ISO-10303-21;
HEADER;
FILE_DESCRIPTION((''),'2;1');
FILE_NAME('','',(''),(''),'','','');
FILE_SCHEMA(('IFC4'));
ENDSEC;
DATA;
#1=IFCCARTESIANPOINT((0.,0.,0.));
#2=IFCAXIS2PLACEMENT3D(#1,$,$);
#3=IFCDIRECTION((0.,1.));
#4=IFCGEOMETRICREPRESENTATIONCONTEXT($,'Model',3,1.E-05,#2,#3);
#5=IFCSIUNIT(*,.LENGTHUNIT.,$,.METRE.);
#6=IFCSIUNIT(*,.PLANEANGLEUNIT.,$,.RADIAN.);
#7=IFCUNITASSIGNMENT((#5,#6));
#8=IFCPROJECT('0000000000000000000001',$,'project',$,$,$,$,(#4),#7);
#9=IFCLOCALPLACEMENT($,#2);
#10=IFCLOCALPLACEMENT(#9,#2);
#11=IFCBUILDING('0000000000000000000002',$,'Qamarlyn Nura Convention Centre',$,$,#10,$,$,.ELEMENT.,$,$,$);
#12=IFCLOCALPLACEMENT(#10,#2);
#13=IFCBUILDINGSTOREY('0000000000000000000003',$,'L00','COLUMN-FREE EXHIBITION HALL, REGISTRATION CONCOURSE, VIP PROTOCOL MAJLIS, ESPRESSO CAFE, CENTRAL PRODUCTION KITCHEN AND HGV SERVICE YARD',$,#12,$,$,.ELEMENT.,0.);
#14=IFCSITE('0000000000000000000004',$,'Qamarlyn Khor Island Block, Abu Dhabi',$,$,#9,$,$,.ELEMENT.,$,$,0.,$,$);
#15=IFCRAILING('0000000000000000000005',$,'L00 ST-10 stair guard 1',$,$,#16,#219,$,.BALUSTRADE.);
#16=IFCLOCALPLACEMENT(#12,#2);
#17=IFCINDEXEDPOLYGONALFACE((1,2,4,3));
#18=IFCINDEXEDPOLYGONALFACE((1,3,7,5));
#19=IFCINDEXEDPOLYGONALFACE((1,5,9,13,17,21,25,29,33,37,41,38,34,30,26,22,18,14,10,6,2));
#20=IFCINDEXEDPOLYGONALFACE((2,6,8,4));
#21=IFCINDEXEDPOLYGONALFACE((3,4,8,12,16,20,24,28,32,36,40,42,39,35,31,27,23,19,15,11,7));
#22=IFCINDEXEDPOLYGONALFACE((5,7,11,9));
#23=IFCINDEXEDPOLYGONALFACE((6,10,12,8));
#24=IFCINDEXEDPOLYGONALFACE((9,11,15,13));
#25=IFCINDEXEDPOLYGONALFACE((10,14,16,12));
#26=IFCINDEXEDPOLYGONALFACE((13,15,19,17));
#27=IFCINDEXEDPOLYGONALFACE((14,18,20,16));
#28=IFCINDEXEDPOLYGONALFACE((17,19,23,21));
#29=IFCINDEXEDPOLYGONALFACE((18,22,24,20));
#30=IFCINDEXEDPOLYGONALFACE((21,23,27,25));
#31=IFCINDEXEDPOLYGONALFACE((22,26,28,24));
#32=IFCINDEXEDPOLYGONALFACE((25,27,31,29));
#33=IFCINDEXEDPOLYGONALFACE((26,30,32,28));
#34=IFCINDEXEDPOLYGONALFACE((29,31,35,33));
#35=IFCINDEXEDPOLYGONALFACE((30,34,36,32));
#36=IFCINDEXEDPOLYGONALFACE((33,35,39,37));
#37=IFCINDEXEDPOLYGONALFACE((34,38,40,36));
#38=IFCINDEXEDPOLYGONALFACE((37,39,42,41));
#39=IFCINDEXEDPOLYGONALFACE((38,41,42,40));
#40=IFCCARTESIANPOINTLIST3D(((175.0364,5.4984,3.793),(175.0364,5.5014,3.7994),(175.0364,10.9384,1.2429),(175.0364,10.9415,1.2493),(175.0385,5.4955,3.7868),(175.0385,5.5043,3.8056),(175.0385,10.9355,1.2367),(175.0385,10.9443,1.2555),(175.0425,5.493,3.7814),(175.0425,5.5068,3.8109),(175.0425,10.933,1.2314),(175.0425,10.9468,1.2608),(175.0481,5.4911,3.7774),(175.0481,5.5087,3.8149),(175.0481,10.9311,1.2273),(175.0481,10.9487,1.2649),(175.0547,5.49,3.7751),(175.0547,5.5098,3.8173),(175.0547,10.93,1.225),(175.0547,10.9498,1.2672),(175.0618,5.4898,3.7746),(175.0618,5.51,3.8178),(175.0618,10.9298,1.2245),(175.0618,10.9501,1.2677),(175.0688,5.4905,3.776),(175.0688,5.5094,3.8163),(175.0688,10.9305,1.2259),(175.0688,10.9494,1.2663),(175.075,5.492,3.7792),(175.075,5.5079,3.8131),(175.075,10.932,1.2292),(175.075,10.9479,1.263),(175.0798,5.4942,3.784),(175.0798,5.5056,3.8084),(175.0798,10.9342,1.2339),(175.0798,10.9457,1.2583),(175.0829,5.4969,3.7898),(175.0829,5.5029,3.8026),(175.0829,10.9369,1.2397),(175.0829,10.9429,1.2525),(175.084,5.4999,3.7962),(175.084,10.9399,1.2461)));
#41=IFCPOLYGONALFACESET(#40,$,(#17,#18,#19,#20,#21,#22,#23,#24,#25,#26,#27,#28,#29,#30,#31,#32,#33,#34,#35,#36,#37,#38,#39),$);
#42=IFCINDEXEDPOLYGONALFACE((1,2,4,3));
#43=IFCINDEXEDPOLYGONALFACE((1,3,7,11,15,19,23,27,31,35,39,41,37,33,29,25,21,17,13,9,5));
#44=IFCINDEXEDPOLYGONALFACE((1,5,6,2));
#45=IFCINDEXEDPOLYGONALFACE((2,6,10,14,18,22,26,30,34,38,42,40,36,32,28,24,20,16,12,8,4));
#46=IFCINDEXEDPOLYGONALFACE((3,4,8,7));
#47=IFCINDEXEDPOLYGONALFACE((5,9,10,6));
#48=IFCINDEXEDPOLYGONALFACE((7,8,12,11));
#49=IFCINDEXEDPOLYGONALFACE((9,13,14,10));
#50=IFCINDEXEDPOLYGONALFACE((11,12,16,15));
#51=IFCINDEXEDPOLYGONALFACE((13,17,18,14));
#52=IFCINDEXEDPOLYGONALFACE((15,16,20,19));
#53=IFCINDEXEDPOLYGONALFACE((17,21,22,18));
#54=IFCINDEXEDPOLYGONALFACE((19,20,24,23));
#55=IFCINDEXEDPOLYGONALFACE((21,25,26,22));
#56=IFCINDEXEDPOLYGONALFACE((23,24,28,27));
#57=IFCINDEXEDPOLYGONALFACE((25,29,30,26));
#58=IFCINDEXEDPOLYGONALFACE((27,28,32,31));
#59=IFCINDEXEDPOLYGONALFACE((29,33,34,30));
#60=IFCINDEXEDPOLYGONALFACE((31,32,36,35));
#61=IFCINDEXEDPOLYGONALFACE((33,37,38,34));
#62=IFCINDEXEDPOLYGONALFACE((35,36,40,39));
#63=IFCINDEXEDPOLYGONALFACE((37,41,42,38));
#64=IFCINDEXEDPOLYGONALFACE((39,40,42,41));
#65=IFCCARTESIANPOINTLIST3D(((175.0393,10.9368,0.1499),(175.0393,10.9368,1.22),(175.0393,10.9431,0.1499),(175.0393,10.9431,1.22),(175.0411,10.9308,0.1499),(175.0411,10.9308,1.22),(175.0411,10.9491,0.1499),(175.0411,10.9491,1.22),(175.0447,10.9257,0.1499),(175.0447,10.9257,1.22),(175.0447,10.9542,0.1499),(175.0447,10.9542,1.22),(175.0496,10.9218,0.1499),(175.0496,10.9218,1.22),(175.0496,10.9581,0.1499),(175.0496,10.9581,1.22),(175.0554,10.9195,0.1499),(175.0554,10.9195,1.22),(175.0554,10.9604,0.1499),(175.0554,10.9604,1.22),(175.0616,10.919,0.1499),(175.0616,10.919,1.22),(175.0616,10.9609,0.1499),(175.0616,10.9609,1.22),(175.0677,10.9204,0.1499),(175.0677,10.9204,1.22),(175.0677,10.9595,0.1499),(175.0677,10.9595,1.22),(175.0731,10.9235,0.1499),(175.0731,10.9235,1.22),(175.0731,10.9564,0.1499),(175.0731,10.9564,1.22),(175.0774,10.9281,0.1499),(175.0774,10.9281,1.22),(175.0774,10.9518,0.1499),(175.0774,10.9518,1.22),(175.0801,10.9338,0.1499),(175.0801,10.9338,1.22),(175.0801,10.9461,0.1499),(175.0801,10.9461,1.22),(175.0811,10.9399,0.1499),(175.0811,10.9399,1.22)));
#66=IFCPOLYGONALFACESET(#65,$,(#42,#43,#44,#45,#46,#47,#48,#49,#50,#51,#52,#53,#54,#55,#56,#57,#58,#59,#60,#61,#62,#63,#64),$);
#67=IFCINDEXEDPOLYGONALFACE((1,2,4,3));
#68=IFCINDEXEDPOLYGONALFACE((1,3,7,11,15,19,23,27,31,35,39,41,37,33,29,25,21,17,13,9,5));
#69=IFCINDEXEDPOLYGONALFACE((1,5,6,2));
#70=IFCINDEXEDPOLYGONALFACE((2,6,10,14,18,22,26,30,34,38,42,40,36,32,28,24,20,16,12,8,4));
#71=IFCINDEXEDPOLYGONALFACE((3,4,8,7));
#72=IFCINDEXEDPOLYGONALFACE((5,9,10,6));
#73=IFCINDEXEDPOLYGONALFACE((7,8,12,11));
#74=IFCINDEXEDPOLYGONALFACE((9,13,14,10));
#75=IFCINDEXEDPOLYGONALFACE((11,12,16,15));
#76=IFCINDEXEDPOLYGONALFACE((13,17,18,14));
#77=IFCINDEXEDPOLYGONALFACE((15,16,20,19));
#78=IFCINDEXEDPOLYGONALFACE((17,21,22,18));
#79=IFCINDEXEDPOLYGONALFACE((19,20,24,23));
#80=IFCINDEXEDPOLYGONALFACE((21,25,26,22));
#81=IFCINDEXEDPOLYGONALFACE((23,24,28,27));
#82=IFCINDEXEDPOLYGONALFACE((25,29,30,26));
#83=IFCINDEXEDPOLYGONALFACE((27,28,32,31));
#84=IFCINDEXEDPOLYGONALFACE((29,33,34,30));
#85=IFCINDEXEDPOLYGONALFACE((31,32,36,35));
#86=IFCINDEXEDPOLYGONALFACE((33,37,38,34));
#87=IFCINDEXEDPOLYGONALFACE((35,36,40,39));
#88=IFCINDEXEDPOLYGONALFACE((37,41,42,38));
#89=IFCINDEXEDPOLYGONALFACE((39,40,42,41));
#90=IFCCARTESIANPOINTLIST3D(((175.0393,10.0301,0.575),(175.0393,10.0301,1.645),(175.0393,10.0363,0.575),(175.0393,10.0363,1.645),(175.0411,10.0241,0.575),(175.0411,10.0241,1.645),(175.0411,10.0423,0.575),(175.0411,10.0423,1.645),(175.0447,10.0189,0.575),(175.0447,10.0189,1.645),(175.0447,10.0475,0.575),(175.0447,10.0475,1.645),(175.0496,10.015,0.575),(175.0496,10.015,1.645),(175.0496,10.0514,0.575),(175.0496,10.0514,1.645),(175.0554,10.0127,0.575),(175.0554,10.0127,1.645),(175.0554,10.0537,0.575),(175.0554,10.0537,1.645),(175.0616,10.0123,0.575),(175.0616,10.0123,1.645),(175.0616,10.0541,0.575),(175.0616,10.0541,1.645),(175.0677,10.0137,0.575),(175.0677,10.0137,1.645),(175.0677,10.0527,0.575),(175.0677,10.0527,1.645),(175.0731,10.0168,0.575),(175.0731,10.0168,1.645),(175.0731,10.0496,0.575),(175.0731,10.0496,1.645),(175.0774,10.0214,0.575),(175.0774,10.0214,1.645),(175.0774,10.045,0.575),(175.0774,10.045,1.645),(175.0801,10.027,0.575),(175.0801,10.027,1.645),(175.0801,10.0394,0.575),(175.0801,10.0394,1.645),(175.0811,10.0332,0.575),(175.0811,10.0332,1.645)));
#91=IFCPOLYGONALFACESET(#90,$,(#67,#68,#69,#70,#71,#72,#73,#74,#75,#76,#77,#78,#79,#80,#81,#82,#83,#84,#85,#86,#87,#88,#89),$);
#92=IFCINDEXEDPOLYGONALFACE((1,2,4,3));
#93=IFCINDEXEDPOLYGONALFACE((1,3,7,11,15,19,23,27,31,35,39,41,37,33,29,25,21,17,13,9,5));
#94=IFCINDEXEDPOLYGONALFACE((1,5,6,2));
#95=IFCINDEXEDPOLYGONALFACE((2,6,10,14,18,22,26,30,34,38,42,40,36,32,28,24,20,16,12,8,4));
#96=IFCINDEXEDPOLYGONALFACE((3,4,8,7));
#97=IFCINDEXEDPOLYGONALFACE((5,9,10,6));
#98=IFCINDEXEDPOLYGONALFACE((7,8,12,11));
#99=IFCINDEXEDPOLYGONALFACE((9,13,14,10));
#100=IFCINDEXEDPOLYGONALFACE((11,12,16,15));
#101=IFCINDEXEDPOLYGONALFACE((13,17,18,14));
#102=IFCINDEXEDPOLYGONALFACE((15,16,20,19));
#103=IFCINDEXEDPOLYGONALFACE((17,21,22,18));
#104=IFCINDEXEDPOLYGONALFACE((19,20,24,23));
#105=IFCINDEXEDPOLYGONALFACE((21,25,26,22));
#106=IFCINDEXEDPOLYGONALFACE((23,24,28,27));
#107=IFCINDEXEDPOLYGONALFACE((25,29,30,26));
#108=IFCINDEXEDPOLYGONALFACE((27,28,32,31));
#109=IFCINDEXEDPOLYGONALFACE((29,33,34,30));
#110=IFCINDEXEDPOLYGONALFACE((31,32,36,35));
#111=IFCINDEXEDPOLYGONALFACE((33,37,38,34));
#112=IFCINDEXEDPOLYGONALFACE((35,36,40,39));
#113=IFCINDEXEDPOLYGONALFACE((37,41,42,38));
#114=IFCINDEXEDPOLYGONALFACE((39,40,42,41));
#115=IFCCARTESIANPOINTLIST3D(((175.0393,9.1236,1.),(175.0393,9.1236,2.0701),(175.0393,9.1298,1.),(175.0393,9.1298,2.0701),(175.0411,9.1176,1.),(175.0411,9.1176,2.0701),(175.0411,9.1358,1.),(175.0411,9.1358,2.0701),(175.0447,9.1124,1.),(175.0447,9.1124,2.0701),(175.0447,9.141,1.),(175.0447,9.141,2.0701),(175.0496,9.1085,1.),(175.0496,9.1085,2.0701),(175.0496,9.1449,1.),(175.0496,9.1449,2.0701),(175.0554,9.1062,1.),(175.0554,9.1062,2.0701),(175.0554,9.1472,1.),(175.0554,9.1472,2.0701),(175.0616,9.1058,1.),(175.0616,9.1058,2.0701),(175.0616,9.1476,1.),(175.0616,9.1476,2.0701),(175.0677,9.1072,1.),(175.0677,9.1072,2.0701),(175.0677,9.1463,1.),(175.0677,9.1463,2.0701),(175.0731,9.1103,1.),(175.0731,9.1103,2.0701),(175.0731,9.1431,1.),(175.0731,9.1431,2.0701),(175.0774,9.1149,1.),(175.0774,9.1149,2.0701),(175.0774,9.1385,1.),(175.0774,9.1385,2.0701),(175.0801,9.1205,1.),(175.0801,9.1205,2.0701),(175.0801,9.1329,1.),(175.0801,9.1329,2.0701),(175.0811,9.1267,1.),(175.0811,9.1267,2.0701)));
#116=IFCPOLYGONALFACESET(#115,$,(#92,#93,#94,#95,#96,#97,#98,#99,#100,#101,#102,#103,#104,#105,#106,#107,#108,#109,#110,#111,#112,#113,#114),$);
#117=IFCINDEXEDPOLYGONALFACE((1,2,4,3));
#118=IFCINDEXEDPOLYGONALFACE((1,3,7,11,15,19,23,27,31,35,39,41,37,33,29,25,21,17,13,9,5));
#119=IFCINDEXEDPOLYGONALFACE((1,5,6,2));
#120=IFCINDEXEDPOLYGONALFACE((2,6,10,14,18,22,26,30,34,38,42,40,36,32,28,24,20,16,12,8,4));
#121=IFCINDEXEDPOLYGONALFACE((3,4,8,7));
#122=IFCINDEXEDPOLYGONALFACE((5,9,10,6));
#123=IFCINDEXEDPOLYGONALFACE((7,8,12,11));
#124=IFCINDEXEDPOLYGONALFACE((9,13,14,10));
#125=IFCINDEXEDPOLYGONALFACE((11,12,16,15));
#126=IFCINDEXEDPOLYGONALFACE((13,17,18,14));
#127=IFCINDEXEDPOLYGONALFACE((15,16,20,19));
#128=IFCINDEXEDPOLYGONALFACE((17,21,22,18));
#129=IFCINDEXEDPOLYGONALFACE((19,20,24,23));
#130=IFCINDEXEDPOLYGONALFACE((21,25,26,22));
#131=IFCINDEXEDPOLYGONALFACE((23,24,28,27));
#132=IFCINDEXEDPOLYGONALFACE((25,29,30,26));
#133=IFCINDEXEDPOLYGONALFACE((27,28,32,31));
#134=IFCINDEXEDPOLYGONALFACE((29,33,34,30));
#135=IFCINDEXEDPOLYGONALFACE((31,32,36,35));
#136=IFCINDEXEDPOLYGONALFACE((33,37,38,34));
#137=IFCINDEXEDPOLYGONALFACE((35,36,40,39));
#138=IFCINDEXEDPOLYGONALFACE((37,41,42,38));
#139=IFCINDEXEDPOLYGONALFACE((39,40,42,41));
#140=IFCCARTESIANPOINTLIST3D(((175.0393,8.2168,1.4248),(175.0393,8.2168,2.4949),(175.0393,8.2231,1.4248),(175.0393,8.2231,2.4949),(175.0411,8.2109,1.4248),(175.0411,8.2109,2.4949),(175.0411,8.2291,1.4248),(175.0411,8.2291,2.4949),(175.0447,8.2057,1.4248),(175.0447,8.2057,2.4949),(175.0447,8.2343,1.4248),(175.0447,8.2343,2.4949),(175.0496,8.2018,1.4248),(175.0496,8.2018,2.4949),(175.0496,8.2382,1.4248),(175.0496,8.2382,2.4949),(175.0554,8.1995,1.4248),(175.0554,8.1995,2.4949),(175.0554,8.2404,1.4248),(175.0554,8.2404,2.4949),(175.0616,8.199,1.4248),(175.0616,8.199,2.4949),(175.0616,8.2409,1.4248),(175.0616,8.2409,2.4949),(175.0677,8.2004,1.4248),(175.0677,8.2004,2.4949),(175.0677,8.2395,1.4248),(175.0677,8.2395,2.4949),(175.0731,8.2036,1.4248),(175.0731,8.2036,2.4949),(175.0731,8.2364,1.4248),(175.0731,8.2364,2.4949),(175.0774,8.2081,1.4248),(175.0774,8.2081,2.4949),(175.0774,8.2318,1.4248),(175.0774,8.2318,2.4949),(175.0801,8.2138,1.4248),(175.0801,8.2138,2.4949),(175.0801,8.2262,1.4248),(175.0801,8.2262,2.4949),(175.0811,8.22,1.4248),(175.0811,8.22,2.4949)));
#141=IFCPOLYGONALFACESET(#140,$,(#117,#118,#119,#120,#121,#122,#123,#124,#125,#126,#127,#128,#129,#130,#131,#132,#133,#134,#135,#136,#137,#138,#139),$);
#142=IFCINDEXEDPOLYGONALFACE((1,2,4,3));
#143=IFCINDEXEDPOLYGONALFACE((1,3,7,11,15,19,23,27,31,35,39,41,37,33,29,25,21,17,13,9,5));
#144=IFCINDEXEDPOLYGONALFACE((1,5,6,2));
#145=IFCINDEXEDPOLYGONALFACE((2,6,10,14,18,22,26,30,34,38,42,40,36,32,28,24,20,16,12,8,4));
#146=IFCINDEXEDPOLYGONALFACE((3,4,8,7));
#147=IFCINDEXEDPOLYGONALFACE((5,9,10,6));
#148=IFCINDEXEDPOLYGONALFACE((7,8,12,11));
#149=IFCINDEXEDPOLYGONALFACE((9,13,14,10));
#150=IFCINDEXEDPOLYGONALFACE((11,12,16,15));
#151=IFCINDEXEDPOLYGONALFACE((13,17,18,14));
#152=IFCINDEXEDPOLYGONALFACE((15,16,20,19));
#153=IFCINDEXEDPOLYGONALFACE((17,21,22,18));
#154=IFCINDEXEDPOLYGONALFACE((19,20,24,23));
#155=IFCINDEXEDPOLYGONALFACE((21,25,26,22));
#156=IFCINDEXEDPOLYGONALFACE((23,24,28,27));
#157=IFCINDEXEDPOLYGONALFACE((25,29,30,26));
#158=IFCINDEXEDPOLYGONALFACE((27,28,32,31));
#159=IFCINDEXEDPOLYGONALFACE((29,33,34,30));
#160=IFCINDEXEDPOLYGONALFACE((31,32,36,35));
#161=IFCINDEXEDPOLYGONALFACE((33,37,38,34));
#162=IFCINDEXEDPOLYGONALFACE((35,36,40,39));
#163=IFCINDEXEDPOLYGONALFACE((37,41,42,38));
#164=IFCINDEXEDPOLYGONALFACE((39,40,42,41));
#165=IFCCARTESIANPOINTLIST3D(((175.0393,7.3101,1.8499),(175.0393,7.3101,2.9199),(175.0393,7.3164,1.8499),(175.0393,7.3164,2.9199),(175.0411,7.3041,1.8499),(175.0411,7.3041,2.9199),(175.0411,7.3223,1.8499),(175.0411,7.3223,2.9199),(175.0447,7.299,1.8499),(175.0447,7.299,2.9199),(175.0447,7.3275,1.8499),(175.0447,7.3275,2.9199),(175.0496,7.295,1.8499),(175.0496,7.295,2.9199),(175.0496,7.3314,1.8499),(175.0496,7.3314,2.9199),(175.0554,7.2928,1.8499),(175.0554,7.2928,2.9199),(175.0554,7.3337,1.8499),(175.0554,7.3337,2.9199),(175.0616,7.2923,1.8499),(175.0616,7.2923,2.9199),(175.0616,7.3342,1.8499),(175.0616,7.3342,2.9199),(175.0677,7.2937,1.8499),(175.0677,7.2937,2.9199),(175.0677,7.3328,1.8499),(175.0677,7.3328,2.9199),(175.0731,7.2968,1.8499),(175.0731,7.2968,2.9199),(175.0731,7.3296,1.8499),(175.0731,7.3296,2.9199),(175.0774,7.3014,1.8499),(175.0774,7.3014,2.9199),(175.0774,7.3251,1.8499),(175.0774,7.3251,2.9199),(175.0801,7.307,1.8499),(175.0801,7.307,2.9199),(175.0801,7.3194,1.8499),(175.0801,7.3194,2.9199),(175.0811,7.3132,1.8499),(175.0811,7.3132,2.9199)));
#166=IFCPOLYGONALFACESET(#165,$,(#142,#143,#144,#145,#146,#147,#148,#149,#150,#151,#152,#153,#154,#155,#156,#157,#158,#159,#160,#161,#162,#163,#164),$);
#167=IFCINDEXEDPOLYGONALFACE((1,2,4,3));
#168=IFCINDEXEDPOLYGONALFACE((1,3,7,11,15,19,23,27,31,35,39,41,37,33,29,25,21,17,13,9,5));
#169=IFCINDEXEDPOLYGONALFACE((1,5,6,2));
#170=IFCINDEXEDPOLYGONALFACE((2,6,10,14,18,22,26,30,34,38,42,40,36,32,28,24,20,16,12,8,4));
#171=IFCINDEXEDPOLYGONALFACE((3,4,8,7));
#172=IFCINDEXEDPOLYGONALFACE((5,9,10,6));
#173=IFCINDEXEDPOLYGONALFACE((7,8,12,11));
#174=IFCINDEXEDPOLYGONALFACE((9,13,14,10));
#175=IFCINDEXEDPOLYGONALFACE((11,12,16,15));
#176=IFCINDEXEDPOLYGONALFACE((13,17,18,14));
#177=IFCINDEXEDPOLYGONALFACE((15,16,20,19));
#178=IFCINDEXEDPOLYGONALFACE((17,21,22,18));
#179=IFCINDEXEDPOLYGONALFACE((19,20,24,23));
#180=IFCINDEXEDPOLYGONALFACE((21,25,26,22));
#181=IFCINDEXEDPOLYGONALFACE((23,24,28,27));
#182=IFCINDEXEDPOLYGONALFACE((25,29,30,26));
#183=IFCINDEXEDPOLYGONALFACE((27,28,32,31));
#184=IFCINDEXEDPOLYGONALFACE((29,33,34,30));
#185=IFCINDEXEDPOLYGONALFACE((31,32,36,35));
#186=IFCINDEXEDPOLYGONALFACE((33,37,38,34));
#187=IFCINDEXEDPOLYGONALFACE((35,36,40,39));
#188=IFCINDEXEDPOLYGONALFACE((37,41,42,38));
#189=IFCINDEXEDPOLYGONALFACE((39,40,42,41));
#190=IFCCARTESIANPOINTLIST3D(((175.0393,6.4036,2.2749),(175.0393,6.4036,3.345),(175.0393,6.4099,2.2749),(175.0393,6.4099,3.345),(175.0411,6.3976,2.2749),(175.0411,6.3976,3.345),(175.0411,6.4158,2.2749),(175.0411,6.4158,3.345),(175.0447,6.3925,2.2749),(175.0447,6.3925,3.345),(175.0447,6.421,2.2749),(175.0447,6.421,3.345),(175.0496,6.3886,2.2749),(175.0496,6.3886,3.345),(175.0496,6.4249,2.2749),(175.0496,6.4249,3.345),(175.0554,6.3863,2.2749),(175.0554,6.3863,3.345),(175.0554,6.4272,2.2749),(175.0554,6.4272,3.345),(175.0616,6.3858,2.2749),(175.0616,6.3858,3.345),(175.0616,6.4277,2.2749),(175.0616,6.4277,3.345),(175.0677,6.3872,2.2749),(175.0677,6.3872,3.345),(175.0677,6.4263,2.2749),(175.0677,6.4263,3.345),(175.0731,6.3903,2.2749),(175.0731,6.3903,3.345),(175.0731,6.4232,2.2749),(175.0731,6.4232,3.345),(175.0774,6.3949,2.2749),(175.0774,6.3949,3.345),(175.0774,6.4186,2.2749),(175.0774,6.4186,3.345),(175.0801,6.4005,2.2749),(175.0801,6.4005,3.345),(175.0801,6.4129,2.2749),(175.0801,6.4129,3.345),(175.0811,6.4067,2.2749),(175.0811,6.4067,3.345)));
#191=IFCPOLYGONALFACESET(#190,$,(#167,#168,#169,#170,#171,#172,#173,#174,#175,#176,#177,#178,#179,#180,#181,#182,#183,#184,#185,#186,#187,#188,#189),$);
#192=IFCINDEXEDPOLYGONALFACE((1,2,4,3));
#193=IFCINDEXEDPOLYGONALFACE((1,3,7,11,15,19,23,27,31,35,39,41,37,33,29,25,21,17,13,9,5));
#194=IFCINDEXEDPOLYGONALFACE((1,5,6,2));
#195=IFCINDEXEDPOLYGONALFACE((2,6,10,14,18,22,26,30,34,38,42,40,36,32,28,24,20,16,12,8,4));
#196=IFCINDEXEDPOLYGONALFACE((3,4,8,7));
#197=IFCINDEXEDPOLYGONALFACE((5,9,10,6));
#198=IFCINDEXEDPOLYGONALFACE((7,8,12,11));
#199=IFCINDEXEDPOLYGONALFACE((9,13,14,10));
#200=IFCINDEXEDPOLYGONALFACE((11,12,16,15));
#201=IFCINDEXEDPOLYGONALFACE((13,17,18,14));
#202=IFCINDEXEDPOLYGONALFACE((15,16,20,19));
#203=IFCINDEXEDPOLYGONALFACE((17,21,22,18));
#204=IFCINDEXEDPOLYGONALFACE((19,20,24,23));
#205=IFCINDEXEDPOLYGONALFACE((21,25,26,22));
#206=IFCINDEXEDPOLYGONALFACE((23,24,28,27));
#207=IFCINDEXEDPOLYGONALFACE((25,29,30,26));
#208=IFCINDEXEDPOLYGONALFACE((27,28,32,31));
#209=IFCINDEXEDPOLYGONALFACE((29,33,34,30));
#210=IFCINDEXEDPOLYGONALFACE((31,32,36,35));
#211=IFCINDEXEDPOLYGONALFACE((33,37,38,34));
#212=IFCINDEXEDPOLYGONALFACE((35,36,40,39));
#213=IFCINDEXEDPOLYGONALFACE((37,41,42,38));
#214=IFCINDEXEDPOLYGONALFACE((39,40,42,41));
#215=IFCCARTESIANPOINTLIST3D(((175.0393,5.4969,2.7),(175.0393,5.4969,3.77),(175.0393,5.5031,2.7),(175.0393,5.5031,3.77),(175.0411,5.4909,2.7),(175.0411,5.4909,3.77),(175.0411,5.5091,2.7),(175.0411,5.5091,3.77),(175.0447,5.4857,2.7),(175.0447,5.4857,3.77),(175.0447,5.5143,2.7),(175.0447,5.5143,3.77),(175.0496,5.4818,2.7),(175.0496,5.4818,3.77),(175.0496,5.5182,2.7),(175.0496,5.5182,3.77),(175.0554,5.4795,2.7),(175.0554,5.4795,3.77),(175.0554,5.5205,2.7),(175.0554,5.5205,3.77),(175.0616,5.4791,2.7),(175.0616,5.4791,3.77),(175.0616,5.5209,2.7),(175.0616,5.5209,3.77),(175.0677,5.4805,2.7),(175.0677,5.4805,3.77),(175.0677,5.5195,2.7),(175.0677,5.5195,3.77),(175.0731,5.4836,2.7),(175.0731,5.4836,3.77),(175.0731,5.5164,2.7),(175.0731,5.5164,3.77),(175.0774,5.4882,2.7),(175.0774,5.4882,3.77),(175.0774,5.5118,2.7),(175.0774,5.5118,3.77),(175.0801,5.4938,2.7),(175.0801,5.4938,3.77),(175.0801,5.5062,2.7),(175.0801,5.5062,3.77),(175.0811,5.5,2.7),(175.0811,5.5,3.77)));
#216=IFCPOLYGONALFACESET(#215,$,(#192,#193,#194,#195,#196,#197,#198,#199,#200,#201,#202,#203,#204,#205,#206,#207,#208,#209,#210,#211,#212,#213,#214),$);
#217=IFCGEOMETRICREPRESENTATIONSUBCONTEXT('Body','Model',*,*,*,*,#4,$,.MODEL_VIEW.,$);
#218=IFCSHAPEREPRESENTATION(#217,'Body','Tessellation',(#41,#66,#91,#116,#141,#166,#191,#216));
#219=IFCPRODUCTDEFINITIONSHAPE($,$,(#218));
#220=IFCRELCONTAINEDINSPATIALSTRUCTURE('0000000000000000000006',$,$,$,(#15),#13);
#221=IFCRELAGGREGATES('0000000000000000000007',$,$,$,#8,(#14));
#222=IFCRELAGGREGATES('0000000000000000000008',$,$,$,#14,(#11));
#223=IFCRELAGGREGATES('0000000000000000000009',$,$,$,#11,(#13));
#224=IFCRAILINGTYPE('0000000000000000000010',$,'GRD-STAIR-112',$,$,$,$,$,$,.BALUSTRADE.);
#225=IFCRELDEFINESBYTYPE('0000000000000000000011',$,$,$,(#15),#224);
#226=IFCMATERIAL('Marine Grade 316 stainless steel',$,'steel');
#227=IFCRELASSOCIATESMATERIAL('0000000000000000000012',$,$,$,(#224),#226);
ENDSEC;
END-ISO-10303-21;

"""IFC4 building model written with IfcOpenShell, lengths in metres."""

from ifc_helpers import new_model, si_unit, direction, frame, origin, origin_2d, place, context, subcontext, project, spatial, circle, extrude, material, type_object, element, save


model = new_model("IFC4")

# Units and contexts
model_context = context("Model", 3, precision=1e-05, world=origin(), true_north=direction((0.0, 1.0)))
body_context = subcontext(model_context, "Body", "Model", "MODEL_VIEW")
ifc_project = project(units=[si_unit("LENGTHUNIT", "METRE"), si_unit("PLANEANGLEUNIT", "RADIAN")], contexts=[model_context])

# Site, building, storey
site_placement = place(None, origin())
site = spatial("IfcSite", under=ifc_project, at=site_placement, Name="Qamarlyn Khor Island Block, Abu Dhabi", CompositionType="ELEMENT", RefElevation=0.0)
building_placement = place(site_placement, origin())
building = spatial("IfcBuilding", under=site, at=building_placement, Name="Qamarlyn Nura Convention Centre", CompositionType="ELEMENT")
storey_placement = place(building_placement, origin())
storey = spatial("IfcBuildingStorey", under=building, at=storey_placement, Name="L00", Description="COLUMN-FREE EXHIBITION HALL, REGISTRATION CONCOURSE, VIP PROTOCOL MAJLIS, ESPRESSO CAFE, CENTRAL PRODUCTION KITCHEN AND HGV SERVICE YARD", CompositionType="ELEMENT", Elevation=0.0)

# Railing
ifc_material_1 = material(Name="Marine Grade 316 stainless steel", Category="steel")
railing_type_1 = type_object("IfcRailingType", Name="GRD-STAIR-112", PredefinedType="BALUSTRADE", material=ifc_material_1)
railing_1_placement = place(storey_placement, frame((175.0601, 10.9399, 0.1499)))
element("IfcRailing", 1, at=railing_1_placement, inside=storey, type_object=railing_type_1, Name="L00 ST-10 stair guard 1", PredefinedType="BALUSTRADE", context=body_context, shape_type="SweptSolid", body=[
    extrude(circle(Radius=0.0239, at=origin_2d()), frame((0.0, 0.0, 1.0962), z_axis=(0.0, -0.905454, 0.424444), x_axis=(1.0, 0.0, 0.0)), (0.0, 0.0, 1.0), 6.0081),
    extrude(circle(Radius=0.021, at=origin_2d()), origin(), (0.0, 0.0, 1.0), 1.0701),
    extrude(circle(Radius=0.021, at=origin_2d()), frame((0.0, -0.9067, 0.425)), (0.0, 0.0, 1.0), 1.0701),
    extrude(circle(Radius=0.021, at=origin_2d()), frame((0.0, -1.8132, 0.8501)), (0.0, 0.0, 1.0), 1.0701),
    extrude(circle(Radius=0.021, at=origin_2d()), frame((0.0, -2.72, 1.2749)), (0.0, 0.0, 1.0), 1.0701),
    extrude(circle(Radius=0.021, at=origin_2d()), frame((0.0, -3.6267, 1.7)), (0.0, 0.0, 1.0), 1.0701),
    extrude(circle(Radius=0.021, at=origin_2d()), frame((0.0, -4.5332, 2.125)), (0.0, 0.0, 1.0), 1.0701),
    extrude(circle(Radius=0.021, at=origin_2d()), frame((0.0, -5.4399, 2.55)), (0.0, 0.0, 1.0), 1.0701),
])

save(model, "model.ifc")
